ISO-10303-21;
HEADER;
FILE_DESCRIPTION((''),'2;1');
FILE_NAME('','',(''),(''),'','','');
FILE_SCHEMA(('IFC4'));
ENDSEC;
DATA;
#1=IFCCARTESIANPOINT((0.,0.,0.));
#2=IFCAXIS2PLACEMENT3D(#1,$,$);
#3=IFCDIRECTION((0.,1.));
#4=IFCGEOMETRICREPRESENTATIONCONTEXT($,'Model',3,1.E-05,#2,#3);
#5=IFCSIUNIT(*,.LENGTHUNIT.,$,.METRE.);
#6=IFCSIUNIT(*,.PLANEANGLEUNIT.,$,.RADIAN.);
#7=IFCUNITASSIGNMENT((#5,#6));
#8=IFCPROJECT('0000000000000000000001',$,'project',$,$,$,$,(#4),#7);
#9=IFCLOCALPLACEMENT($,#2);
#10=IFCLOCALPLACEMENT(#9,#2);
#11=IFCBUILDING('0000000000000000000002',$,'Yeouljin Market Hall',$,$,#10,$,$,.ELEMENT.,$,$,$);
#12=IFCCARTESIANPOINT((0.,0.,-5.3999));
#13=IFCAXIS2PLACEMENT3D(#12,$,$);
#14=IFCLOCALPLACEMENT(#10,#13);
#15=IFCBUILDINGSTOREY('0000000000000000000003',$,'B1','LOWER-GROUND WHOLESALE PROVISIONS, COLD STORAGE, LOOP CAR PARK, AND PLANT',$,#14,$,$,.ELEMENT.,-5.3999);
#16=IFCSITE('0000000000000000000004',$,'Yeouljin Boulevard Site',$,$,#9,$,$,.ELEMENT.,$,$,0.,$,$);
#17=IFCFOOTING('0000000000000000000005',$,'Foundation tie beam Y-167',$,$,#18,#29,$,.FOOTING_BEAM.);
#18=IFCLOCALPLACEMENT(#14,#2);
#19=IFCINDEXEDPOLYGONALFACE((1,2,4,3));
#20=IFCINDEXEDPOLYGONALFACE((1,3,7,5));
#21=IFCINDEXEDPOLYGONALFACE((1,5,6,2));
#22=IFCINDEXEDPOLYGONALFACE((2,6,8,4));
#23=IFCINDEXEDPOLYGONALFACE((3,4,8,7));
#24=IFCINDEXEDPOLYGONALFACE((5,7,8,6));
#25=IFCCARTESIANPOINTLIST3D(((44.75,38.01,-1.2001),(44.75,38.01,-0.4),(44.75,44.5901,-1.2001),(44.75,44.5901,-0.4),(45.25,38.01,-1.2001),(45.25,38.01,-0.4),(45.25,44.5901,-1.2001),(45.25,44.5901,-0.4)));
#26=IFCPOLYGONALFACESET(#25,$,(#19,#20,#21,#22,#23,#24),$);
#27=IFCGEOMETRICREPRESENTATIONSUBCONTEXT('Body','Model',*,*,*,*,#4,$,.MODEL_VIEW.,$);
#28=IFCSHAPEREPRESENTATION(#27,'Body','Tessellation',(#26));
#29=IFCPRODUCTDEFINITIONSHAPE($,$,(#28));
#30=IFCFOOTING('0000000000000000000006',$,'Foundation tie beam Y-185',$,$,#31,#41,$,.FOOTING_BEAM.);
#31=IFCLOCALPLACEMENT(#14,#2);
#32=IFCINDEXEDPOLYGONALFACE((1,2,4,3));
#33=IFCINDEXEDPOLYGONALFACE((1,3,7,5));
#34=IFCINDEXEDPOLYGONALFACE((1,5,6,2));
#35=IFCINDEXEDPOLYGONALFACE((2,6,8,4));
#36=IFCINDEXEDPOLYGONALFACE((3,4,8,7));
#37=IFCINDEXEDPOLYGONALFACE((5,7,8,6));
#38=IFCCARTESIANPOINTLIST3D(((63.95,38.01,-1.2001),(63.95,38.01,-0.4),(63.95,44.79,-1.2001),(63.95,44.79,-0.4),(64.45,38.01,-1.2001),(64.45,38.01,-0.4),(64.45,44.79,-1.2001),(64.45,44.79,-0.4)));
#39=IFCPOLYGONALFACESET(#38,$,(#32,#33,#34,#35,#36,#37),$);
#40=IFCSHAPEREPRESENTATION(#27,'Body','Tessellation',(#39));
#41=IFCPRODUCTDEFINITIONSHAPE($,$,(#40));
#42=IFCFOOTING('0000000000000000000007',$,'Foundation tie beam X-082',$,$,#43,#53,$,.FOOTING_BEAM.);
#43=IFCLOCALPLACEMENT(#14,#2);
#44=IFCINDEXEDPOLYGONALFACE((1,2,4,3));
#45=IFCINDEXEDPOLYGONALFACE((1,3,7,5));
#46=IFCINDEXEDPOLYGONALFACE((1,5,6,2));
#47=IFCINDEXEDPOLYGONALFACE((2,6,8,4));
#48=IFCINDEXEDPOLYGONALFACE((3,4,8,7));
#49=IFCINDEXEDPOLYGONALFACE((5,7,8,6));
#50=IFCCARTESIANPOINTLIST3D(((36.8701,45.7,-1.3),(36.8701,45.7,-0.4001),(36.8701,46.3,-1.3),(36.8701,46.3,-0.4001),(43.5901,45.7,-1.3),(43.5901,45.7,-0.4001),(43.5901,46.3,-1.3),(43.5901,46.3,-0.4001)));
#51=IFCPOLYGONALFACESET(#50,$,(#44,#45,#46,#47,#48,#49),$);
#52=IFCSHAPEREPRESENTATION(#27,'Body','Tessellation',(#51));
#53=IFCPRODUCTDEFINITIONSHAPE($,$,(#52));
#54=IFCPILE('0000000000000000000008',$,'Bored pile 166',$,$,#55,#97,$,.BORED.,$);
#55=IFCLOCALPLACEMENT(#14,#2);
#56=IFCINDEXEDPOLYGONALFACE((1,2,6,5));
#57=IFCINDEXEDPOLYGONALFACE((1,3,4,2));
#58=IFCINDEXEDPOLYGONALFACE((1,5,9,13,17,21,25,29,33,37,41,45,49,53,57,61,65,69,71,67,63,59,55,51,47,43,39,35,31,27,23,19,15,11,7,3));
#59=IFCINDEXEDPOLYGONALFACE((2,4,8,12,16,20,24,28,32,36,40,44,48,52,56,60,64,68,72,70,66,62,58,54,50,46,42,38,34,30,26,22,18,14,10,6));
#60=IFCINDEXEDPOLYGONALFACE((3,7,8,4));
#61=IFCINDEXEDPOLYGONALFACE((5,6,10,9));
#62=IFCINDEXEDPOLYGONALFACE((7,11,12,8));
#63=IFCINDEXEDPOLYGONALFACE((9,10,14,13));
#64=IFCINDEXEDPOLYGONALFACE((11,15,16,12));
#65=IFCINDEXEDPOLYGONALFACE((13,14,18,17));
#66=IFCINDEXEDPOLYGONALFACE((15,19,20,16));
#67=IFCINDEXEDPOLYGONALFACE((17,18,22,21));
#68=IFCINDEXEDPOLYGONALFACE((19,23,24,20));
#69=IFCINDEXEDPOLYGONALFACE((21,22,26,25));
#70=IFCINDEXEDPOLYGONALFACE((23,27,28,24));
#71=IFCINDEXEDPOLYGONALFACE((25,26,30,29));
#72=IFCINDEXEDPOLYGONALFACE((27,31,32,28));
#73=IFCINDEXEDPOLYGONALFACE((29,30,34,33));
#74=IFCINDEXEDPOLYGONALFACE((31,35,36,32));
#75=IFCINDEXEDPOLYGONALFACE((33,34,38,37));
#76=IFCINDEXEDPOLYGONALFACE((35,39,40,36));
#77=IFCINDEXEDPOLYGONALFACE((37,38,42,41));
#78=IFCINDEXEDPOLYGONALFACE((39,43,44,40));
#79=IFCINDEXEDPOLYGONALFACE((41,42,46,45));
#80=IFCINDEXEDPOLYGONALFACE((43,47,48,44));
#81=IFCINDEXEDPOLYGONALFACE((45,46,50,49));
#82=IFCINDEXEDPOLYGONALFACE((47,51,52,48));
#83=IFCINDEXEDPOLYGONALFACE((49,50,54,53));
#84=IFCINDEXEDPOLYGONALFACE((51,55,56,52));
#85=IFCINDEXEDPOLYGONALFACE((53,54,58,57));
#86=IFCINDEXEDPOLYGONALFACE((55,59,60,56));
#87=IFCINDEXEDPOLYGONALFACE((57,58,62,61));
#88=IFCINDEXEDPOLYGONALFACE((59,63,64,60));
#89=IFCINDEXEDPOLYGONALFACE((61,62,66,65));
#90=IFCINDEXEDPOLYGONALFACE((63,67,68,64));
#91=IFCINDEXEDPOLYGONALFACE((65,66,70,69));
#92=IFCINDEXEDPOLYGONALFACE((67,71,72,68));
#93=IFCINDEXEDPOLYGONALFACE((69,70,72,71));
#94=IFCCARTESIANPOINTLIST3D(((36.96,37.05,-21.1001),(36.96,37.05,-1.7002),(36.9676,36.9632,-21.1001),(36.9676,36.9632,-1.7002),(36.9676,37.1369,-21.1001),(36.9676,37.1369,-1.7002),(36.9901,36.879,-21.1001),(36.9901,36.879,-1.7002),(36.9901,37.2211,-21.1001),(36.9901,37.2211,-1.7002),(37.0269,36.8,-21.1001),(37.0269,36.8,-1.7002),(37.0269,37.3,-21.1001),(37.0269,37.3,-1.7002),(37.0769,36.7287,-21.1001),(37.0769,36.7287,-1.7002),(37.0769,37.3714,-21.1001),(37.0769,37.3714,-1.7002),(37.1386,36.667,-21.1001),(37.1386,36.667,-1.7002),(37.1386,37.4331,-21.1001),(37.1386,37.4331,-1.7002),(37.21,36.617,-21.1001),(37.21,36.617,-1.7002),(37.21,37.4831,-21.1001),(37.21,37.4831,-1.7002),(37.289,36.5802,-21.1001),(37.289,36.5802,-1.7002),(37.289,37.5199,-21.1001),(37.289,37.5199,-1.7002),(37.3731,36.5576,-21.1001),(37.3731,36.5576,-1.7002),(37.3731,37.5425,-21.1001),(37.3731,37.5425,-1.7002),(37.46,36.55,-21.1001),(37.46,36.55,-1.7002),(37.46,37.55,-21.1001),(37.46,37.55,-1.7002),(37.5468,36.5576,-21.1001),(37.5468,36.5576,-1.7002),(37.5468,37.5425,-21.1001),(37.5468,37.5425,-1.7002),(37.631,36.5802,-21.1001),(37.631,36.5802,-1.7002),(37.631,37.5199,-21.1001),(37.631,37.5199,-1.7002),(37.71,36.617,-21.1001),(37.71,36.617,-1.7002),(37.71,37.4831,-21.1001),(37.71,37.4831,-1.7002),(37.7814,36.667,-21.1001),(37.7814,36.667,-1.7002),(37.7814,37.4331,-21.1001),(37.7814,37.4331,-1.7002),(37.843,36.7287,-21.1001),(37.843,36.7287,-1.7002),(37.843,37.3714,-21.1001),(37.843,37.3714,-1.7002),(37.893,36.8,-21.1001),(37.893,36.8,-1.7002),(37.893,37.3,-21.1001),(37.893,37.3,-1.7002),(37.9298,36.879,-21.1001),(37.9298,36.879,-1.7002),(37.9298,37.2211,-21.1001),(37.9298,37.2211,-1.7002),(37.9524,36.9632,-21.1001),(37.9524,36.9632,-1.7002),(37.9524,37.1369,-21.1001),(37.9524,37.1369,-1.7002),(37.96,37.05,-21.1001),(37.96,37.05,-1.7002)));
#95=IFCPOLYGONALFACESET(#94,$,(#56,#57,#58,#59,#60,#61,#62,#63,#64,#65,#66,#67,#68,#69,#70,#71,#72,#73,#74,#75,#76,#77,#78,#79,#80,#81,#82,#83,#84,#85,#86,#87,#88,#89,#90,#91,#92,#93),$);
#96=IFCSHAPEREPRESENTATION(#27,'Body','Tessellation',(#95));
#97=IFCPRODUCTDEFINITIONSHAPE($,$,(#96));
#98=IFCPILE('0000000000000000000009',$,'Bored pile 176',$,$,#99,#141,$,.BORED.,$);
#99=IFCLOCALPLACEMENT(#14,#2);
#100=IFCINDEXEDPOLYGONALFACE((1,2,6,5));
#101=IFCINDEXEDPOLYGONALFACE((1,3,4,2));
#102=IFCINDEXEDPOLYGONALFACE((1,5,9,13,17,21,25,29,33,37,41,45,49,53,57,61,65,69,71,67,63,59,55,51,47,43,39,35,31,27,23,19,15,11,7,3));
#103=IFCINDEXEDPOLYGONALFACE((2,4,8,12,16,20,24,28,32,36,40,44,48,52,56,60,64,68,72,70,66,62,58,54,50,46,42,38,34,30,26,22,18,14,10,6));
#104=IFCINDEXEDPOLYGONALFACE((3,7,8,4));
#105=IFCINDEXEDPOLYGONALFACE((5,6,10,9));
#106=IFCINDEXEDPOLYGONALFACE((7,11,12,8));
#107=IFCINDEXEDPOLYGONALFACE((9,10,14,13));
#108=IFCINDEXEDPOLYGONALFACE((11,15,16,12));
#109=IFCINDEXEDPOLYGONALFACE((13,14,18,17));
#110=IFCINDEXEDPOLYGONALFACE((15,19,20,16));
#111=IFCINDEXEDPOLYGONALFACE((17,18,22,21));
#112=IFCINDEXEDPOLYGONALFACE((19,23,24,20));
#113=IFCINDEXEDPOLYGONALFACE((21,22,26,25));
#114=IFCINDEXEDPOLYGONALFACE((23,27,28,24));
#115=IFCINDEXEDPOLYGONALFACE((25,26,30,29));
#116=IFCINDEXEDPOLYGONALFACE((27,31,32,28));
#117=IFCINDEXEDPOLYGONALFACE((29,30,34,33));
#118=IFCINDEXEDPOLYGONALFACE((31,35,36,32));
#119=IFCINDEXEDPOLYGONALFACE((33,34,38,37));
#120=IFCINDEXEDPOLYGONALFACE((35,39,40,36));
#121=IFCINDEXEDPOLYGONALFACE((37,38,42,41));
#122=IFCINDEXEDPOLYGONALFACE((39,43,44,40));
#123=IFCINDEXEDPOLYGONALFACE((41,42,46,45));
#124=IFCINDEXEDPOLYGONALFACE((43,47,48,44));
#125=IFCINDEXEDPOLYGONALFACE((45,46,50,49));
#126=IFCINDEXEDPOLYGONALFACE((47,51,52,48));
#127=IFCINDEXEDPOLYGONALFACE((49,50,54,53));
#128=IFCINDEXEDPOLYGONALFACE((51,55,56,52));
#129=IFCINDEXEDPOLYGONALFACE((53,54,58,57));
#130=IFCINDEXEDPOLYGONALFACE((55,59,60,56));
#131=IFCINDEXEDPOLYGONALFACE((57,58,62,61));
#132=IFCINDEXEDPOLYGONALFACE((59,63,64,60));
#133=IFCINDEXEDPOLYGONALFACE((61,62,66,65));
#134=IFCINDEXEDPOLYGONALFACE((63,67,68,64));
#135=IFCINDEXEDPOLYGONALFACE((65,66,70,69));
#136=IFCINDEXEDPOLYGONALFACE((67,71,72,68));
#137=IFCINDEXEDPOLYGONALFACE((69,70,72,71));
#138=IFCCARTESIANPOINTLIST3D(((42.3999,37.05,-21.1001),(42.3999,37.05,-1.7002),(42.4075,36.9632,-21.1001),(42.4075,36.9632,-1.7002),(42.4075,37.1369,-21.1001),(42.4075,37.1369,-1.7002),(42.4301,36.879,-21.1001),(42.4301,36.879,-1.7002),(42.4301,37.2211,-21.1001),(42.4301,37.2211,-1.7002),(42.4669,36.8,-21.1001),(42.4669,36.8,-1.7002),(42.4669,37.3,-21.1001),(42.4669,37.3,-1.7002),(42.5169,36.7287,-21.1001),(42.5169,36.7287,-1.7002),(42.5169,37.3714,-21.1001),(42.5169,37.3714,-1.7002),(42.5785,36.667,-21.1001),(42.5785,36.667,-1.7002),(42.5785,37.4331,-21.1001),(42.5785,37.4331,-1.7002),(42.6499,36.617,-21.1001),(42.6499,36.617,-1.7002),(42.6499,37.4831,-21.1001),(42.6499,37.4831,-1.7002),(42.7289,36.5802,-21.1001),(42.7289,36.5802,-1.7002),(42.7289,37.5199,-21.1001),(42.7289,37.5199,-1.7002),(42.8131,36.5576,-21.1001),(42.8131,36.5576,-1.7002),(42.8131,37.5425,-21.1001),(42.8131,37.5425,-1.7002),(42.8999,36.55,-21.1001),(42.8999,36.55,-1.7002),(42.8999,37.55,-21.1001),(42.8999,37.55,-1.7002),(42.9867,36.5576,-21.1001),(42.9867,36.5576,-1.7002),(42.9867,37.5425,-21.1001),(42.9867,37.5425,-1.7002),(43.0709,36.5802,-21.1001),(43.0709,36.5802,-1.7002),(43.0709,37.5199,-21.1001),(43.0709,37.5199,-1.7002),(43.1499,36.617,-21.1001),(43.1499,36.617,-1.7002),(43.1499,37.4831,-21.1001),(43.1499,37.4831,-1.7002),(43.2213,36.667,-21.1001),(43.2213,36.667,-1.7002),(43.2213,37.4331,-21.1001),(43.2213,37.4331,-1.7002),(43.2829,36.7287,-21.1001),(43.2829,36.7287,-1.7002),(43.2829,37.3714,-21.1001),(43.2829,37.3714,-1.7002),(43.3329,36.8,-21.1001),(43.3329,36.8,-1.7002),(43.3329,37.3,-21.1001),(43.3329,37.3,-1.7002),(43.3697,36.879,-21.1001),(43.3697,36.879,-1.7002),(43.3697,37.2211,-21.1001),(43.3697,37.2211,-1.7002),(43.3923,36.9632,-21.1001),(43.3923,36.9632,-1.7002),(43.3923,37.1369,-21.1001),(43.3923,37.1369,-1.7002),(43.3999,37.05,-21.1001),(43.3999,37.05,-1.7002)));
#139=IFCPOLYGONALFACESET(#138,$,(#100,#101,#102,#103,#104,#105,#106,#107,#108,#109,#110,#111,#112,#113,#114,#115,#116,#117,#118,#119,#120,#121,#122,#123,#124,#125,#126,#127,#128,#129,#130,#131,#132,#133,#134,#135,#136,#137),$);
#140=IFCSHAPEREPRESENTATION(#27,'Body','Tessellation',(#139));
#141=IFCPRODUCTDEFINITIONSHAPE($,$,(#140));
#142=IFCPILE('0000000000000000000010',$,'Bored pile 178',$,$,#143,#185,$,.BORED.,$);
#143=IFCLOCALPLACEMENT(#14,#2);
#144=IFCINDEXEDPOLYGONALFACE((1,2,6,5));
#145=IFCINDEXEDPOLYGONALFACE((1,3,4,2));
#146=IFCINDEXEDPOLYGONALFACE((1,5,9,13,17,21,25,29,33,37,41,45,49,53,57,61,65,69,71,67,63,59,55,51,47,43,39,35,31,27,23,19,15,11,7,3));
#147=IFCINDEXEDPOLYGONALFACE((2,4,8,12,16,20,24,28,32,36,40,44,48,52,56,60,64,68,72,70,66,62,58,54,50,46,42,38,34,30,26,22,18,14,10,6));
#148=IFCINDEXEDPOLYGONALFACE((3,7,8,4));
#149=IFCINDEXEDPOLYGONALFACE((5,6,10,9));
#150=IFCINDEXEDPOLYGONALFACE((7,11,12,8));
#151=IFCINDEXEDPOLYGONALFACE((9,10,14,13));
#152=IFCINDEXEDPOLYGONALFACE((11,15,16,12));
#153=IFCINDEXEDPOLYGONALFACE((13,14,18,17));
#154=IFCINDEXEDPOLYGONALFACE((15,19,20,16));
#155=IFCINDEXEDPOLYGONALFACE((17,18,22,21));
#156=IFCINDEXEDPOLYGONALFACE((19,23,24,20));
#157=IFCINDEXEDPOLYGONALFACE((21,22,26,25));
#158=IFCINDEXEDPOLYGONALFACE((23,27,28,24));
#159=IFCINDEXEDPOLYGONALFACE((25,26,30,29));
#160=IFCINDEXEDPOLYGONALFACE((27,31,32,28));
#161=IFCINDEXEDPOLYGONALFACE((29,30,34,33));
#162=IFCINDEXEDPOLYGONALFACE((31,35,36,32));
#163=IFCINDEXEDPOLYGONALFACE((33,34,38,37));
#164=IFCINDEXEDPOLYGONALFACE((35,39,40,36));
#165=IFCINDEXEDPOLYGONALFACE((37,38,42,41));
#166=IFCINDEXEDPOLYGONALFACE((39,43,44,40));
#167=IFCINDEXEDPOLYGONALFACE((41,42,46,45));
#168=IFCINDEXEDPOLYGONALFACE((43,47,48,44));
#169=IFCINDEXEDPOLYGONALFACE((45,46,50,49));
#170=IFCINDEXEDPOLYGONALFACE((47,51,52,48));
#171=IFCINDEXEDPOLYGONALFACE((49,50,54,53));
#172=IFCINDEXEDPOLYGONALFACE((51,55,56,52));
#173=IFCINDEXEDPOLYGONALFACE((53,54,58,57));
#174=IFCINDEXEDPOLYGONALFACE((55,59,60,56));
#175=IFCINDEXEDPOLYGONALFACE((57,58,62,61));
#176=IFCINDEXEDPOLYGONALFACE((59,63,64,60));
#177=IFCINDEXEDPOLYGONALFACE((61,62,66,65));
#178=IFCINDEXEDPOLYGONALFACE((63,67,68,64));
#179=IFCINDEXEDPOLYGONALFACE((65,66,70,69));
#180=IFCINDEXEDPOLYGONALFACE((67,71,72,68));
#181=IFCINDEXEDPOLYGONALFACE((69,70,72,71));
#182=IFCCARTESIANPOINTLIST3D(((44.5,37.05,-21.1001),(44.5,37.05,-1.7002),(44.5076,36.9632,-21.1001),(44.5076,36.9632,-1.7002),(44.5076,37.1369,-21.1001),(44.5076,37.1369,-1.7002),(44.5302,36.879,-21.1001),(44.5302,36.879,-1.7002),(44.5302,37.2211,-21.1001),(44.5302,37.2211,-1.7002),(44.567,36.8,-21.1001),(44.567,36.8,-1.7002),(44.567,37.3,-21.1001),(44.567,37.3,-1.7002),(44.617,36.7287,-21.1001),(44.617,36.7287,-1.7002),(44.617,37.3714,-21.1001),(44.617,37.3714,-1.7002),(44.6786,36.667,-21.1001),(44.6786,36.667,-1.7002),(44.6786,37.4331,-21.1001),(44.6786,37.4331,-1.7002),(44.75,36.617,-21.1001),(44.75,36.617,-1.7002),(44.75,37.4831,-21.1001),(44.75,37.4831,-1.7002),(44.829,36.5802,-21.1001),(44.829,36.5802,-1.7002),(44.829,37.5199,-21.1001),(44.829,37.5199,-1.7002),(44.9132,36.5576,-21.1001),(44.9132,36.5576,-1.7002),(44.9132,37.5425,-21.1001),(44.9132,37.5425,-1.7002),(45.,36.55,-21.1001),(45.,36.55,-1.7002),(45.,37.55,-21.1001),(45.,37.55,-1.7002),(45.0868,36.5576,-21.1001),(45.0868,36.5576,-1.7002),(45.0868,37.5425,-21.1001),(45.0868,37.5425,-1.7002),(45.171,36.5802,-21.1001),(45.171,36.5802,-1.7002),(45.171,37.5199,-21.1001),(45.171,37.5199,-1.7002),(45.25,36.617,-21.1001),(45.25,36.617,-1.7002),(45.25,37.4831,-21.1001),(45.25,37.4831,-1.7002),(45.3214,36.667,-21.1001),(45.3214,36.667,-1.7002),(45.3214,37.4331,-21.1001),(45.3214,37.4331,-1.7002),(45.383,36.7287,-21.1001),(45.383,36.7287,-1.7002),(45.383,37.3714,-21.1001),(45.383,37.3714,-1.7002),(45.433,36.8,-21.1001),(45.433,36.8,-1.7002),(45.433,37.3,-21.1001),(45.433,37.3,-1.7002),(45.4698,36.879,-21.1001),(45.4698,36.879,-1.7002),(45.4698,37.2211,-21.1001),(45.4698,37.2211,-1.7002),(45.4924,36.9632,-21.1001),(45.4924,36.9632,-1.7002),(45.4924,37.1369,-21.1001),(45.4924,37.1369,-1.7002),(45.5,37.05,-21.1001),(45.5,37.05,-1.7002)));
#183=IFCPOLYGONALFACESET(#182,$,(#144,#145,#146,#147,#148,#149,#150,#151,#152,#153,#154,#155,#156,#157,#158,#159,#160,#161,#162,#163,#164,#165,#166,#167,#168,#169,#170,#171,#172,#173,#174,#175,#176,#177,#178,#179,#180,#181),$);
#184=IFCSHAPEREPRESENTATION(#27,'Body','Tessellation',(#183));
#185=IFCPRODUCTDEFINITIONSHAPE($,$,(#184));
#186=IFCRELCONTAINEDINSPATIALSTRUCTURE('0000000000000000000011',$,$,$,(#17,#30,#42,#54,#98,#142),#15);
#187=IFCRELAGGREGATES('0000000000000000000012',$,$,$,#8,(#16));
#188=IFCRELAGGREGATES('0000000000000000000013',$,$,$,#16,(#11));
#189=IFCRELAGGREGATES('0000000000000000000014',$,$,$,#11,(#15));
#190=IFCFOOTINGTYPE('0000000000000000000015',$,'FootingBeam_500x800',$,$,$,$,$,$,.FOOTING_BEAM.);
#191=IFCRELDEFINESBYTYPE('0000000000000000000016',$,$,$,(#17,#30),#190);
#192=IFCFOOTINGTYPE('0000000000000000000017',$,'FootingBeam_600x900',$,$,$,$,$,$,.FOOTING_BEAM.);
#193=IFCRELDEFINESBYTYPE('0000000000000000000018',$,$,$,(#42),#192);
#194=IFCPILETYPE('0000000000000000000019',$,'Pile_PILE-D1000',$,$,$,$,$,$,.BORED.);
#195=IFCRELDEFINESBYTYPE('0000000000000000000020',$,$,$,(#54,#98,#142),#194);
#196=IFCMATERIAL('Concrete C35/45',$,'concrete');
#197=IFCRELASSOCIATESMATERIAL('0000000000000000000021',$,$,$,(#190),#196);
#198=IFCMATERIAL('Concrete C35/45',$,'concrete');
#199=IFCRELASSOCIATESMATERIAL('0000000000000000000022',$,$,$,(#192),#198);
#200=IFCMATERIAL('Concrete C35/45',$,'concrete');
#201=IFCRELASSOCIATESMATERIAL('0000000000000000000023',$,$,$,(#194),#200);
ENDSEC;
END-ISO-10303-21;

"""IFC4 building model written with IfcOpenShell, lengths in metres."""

from ifc_helpers import new_model, si_unit, direction, frame, origin, origin_2d, place, context, subcontext, project, spatial, rectangle, circle, extrude, material, material_profile, profile_set, type_object, element, save


model = new_model("IFC4")

# Units and contexts
model_context = context("Model", 3, precision=1e-05, world=origin(), true_north=direction((0.0, 1.0)))
body_context = subcontext(model_context, "Body", "Model", "MODEL_VIEW")
ifc_project = project(units=[si_unit("LENGTHUNIT", "METRE"), si_unit("PLANEANGLEUNIT", "RADIAN")], contexts=[model_context])

# Site, building, storey
site_placement = place(None, origin())
site = spatial("IfcSite", under=ifc_project, at=site_placement, Name="Yeouljin Boulevard Site", CompositionType="ELEMENT", RefElevation=0.0)
building_placement = place(site_placement, origin())
building = spatial("IfcBuilding", under=site, at=building_placement, Name="Yeouljin Market Hall", CompositionType="ELEMENT")
storey_placement = place(building_placement, frame((0.0, 0.0, -5.3999)))
storey = spatial("IfcBuildingStorey", under=building, at=storey_placement, Name="B1", Description="LOWER-GROUND WHOLESALE PROVISIONS, COLD STORAGE, LOOP CAR PARK, AND PLANT", CompositionType="ELEMENT", Elevation=-5.3999)

# Footings
ifc_material_1 = material(Name="Concrete C35/45", Category="concrete")
ifc_material_profile_1 = material_profile(ifc_material_1, rectangle(XDim=0.5, YDim=0.8, at=origin_2d()), Name="RC-500x800")
ifc_profile_set_1 = profile_set([ifc_material_profile_1], Name="Concrete C35/45")
footing_type_1 = type_object("IfcFootingType", Name="FootingBeam_500x800", PredefinedType="FOOTING_BEAM", material=ifc_profile_set_1)
footing_1_placement = place(storey_placement, frame((45.0, 38.01, -0.8), z_axis=(0.0, 1.0, 0.0), x_axis=(-1.0, 0.0, 0.0)))
element("IfcFooting", 1, at=footing_1_placement, inside=storey, type_object=footing_type_1, Name="Foundation tie beam Y-167", PredefinedType="FOOTING_BEAM", context=body_context, shape_type="SweptSolid", body=[
    extrude(rectangle(XDim=0.5, YDim=0.8, at=origin_2d()), origin(), (0.0, 0.0, 1.0), 6.5801),
])
footing_2_placement = place(storey_placement, frame((64.2, 38.01, -0.8), z_axis=(0.0, 1.0, 0.0), x_axis=(-1.0, 0.0, 0.0)))
element("IfcFooting", 2, at=footing_2_placement, inside=storey, type_object=footing_type_1, Name="Foundation tie beam Y-185", PredefinedType="FOOTING_BEAM", context=body_context, shape_type="SweptSolid", body=[
    extrude(rectangle(XDim=0.5, YDim=0.8, at=origin_2d()), origin(), (0.0, 0.0, 1.0), 6.78),
])
ifc_material_2 = material(Name="Concrete C35/45", Category="concrete")
ifc_material_profile_2 = material_profile(ifc_material_2, rectangle(XDim=0.6001, YDim=0.8999, at=origin_2d()), Name="RC-600x900")
ifc_profile_set_2 = profile_set([ifc_material_profile_2], Name="Concrete C35/45")
footing_type_2 = type_object("IfcFootingType", Name="FootingBeam_600x900", PredefinedType="FOOTING_BEAM", material=ifc_profile_set_2)
footing_3_placement = place(storey_placement, frame((36.8701, 46.0, -0.8501), z_axis=(1.0, 0.0, 0.0), x_axis=(0.0, 1.0, 0.0)))
element("IfcFooting", 3, at=footing_3_placement, inside=storey, type_object=footing_type_2, Name="Foundation tie beam X-082", PredefinedType="FOOTING_BEAM", context=body_context, shape_type="SweptSolid", body=[
    extrude(rectangle(XDim=0.6001, YDim=0.8999, at=origin_2d()), origin(), (0.0, 0.0, 1.0), 6.72),
])

# Piles
ifc_material_3 = material(Name="Concrete C35/45", Category="concrete")
ifc_material_profile_3 = material_profile(ifc_material_3, circle(Radius=0.5, at=origin_2d()), Name="PILE-D1000")
ifc_profile_set_3 = profile_set([ifc_material_profile_3], Name="Concrete C35/45")
pile_type = type_object("IfcPileType", Name="Pile_PILE-D1000", PredefinedType="BORED", material=ifc_profile_set_3)
for number, where, z_axis, x_axis, name in (
    (4, (37.46, 37.05, -1.7002), (0.0, 0.0, -1.0), (1.0, 0.0, 0.0), "Bored pile 166"),
    (5, (42.8999, 37.05, -1.7002), (0.0, 0.0, -1.0), (1.0, 0.0, 0.0), "Bored pile 176"),
    (6, (45.0, 37.05, -1.7002), (0.0, 0.0, -1.0), (1.0, 0.0, 0.0), "Bored pile 178"),
):
    element("IfcPile", number, at=place(storey_placement, frame(where, z_axis=z_axis, x_axis=x_axis)), inside=storey, type_object=pile_type, Name=name, PredefinedType="BORED", context=body_context, shape_type="SweptSolid", body=[
        extrude(circle(Radius=0.5, at=origin_2d()), origin(), (0.0, 0.0, 1.0), 19.3999),
    ])

save(model, "model.ifc")
